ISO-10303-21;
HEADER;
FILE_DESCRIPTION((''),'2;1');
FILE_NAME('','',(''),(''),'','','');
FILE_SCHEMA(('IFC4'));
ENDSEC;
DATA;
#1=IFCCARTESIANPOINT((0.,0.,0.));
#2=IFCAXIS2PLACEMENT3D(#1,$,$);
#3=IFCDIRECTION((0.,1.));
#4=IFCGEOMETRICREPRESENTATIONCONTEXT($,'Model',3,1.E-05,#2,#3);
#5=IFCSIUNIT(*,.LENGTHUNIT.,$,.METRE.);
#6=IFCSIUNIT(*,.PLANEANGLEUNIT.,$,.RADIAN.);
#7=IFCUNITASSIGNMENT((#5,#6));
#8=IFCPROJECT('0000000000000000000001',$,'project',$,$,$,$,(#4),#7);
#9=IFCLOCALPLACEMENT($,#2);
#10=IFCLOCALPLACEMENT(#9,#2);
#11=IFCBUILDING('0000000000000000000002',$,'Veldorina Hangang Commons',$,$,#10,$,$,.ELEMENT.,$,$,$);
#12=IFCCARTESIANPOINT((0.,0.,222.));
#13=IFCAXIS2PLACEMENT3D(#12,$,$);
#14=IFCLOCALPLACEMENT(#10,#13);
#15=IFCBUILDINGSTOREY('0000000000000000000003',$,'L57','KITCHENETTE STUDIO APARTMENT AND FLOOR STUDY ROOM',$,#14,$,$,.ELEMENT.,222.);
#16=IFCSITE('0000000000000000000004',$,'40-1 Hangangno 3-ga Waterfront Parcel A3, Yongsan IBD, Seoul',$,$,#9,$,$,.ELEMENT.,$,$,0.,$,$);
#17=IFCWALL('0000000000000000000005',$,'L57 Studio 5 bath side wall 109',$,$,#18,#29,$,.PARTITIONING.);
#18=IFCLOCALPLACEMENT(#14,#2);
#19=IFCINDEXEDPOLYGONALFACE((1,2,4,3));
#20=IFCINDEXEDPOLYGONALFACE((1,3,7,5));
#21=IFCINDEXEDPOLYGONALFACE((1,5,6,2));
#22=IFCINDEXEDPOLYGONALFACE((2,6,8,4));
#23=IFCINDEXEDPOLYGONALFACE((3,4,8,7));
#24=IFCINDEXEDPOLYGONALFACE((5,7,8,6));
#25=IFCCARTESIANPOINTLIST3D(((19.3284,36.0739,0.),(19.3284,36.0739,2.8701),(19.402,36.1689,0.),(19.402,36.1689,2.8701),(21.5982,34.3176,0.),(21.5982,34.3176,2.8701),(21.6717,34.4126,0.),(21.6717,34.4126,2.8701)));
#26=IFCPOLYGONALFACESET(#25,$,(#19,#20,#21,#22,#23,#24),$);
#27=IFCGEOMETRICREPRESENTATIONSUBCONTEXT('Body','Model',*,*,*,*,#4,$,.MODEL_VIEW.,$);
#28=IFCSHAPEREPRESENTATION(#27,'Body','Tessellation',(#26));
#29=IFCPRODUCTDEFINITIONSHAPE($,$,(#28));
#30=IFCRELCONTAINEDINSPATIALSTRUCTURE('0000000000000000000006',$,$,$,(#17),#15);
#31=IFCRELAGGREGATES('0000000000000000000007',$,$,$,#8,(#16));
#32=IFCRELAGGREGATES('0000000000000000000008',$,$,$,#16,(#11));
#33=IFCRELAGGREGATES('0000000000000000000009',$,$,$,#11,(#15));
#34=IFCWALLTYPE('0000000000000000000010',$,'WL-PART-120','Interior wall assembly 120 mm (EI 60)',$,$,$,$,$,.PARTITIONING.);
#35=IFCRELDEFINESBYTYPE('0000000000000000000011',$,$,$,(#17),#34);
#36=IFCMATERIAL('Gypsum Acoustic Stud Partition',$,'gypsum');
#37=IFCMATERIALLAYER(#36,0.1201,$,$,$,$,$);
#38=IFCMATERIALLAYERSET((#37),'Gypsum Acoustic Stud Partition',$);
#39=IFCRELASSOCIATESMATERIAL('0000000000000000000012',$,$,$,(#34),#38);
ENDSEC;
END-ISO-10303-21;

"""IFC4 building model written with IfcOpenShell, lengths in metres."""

from ifc_helpers import new_model, si_unit, direction, frame, frame_2d, origin, place, context, subcontext, project, spatial, rectangle, extrude, material, layer, layer_set, type_object, element, save


model = new_model("IFC4")

# Units and contexts
model_context = context("Model", 3, precision=1e-05, world=origin(), true_north=direction((0.0, 1.0)))
body_context = subcontext(model_context, "Body", "Model", "MODEL_VIEW")
ifc_project = project(units=[si_unit("LENGTHUNIT", "METRE"), si_unit("PLANEANGLEUNIT", "RADIAN")], contexts=[model_context])

# Site, building, storey
site_placement = place(None, origin())
site = spatial("IfcSite", under=ifc_project, at=site_placement, Name="40-1 Hangangno 3-ga Waterfront Parcel A3, Yongsan IBD, Seoul", CompositionType="ELEMENT", RefElevation=0.0)
building_placement = place(site_placement, origin())
building = spatial("IfcBuilding", under=site, at=building_placement, Name="Veldorina Hangang Commons", CompositionType="ELEMENT")
storey_placement = place(building_placement, frame((0.0, 0.0, 222.0)))
storey = spatial("IfcBuildingStorey", under=building, at=storey_placement, Name="L57", Description="KITCHENETTE STUDIO APARTMENT AND FLOOR STUDY ROOM", CompositionType="ELEMENT", Elevation=222.0)

# Shared definitions
ifc_material_1 = material(Name="Gypsum Acoustic Stud Partition", Category="gypsum")
ifc_layer_1 = layer(ifc_material_1, 0.1201)
ifc_layer_set_1 = layer_set([ifc_layer_1], Name="Gypsum Acoustic Stud Partition")
wall_type_1 = type_object("IfcWallType", Name="WL-PART-120", Description="Interior wall assembly 120 mm (EI 60)", PredefinedType="PARTITIONING", material=ifc_layer_set_1)

# Wall
wall_1_placement = place(storey_placement, frame((21.635, 34.365, 0.0), z_axis=(0.0, 0.0, 1.0), x_axis=(-0.790875, 0.611978, 0.0)))
element("IfcWall", 1, at=wall_1_placement, inside=storey, type_object=wall_type_1, Name="L57 Studio 5 bath side wall 109", PredefinedType="PARTITIONING", context=body_context, shape_type="SweptSolid", body=[
    extrude(rectangle(XDim=2.8699, YDim=0.1201, at=frame_2d((1.4351, 0.0))), origin(), (0.0, 0.0, 1.0), 2.8701),
])

save(model, "model.ifc")
